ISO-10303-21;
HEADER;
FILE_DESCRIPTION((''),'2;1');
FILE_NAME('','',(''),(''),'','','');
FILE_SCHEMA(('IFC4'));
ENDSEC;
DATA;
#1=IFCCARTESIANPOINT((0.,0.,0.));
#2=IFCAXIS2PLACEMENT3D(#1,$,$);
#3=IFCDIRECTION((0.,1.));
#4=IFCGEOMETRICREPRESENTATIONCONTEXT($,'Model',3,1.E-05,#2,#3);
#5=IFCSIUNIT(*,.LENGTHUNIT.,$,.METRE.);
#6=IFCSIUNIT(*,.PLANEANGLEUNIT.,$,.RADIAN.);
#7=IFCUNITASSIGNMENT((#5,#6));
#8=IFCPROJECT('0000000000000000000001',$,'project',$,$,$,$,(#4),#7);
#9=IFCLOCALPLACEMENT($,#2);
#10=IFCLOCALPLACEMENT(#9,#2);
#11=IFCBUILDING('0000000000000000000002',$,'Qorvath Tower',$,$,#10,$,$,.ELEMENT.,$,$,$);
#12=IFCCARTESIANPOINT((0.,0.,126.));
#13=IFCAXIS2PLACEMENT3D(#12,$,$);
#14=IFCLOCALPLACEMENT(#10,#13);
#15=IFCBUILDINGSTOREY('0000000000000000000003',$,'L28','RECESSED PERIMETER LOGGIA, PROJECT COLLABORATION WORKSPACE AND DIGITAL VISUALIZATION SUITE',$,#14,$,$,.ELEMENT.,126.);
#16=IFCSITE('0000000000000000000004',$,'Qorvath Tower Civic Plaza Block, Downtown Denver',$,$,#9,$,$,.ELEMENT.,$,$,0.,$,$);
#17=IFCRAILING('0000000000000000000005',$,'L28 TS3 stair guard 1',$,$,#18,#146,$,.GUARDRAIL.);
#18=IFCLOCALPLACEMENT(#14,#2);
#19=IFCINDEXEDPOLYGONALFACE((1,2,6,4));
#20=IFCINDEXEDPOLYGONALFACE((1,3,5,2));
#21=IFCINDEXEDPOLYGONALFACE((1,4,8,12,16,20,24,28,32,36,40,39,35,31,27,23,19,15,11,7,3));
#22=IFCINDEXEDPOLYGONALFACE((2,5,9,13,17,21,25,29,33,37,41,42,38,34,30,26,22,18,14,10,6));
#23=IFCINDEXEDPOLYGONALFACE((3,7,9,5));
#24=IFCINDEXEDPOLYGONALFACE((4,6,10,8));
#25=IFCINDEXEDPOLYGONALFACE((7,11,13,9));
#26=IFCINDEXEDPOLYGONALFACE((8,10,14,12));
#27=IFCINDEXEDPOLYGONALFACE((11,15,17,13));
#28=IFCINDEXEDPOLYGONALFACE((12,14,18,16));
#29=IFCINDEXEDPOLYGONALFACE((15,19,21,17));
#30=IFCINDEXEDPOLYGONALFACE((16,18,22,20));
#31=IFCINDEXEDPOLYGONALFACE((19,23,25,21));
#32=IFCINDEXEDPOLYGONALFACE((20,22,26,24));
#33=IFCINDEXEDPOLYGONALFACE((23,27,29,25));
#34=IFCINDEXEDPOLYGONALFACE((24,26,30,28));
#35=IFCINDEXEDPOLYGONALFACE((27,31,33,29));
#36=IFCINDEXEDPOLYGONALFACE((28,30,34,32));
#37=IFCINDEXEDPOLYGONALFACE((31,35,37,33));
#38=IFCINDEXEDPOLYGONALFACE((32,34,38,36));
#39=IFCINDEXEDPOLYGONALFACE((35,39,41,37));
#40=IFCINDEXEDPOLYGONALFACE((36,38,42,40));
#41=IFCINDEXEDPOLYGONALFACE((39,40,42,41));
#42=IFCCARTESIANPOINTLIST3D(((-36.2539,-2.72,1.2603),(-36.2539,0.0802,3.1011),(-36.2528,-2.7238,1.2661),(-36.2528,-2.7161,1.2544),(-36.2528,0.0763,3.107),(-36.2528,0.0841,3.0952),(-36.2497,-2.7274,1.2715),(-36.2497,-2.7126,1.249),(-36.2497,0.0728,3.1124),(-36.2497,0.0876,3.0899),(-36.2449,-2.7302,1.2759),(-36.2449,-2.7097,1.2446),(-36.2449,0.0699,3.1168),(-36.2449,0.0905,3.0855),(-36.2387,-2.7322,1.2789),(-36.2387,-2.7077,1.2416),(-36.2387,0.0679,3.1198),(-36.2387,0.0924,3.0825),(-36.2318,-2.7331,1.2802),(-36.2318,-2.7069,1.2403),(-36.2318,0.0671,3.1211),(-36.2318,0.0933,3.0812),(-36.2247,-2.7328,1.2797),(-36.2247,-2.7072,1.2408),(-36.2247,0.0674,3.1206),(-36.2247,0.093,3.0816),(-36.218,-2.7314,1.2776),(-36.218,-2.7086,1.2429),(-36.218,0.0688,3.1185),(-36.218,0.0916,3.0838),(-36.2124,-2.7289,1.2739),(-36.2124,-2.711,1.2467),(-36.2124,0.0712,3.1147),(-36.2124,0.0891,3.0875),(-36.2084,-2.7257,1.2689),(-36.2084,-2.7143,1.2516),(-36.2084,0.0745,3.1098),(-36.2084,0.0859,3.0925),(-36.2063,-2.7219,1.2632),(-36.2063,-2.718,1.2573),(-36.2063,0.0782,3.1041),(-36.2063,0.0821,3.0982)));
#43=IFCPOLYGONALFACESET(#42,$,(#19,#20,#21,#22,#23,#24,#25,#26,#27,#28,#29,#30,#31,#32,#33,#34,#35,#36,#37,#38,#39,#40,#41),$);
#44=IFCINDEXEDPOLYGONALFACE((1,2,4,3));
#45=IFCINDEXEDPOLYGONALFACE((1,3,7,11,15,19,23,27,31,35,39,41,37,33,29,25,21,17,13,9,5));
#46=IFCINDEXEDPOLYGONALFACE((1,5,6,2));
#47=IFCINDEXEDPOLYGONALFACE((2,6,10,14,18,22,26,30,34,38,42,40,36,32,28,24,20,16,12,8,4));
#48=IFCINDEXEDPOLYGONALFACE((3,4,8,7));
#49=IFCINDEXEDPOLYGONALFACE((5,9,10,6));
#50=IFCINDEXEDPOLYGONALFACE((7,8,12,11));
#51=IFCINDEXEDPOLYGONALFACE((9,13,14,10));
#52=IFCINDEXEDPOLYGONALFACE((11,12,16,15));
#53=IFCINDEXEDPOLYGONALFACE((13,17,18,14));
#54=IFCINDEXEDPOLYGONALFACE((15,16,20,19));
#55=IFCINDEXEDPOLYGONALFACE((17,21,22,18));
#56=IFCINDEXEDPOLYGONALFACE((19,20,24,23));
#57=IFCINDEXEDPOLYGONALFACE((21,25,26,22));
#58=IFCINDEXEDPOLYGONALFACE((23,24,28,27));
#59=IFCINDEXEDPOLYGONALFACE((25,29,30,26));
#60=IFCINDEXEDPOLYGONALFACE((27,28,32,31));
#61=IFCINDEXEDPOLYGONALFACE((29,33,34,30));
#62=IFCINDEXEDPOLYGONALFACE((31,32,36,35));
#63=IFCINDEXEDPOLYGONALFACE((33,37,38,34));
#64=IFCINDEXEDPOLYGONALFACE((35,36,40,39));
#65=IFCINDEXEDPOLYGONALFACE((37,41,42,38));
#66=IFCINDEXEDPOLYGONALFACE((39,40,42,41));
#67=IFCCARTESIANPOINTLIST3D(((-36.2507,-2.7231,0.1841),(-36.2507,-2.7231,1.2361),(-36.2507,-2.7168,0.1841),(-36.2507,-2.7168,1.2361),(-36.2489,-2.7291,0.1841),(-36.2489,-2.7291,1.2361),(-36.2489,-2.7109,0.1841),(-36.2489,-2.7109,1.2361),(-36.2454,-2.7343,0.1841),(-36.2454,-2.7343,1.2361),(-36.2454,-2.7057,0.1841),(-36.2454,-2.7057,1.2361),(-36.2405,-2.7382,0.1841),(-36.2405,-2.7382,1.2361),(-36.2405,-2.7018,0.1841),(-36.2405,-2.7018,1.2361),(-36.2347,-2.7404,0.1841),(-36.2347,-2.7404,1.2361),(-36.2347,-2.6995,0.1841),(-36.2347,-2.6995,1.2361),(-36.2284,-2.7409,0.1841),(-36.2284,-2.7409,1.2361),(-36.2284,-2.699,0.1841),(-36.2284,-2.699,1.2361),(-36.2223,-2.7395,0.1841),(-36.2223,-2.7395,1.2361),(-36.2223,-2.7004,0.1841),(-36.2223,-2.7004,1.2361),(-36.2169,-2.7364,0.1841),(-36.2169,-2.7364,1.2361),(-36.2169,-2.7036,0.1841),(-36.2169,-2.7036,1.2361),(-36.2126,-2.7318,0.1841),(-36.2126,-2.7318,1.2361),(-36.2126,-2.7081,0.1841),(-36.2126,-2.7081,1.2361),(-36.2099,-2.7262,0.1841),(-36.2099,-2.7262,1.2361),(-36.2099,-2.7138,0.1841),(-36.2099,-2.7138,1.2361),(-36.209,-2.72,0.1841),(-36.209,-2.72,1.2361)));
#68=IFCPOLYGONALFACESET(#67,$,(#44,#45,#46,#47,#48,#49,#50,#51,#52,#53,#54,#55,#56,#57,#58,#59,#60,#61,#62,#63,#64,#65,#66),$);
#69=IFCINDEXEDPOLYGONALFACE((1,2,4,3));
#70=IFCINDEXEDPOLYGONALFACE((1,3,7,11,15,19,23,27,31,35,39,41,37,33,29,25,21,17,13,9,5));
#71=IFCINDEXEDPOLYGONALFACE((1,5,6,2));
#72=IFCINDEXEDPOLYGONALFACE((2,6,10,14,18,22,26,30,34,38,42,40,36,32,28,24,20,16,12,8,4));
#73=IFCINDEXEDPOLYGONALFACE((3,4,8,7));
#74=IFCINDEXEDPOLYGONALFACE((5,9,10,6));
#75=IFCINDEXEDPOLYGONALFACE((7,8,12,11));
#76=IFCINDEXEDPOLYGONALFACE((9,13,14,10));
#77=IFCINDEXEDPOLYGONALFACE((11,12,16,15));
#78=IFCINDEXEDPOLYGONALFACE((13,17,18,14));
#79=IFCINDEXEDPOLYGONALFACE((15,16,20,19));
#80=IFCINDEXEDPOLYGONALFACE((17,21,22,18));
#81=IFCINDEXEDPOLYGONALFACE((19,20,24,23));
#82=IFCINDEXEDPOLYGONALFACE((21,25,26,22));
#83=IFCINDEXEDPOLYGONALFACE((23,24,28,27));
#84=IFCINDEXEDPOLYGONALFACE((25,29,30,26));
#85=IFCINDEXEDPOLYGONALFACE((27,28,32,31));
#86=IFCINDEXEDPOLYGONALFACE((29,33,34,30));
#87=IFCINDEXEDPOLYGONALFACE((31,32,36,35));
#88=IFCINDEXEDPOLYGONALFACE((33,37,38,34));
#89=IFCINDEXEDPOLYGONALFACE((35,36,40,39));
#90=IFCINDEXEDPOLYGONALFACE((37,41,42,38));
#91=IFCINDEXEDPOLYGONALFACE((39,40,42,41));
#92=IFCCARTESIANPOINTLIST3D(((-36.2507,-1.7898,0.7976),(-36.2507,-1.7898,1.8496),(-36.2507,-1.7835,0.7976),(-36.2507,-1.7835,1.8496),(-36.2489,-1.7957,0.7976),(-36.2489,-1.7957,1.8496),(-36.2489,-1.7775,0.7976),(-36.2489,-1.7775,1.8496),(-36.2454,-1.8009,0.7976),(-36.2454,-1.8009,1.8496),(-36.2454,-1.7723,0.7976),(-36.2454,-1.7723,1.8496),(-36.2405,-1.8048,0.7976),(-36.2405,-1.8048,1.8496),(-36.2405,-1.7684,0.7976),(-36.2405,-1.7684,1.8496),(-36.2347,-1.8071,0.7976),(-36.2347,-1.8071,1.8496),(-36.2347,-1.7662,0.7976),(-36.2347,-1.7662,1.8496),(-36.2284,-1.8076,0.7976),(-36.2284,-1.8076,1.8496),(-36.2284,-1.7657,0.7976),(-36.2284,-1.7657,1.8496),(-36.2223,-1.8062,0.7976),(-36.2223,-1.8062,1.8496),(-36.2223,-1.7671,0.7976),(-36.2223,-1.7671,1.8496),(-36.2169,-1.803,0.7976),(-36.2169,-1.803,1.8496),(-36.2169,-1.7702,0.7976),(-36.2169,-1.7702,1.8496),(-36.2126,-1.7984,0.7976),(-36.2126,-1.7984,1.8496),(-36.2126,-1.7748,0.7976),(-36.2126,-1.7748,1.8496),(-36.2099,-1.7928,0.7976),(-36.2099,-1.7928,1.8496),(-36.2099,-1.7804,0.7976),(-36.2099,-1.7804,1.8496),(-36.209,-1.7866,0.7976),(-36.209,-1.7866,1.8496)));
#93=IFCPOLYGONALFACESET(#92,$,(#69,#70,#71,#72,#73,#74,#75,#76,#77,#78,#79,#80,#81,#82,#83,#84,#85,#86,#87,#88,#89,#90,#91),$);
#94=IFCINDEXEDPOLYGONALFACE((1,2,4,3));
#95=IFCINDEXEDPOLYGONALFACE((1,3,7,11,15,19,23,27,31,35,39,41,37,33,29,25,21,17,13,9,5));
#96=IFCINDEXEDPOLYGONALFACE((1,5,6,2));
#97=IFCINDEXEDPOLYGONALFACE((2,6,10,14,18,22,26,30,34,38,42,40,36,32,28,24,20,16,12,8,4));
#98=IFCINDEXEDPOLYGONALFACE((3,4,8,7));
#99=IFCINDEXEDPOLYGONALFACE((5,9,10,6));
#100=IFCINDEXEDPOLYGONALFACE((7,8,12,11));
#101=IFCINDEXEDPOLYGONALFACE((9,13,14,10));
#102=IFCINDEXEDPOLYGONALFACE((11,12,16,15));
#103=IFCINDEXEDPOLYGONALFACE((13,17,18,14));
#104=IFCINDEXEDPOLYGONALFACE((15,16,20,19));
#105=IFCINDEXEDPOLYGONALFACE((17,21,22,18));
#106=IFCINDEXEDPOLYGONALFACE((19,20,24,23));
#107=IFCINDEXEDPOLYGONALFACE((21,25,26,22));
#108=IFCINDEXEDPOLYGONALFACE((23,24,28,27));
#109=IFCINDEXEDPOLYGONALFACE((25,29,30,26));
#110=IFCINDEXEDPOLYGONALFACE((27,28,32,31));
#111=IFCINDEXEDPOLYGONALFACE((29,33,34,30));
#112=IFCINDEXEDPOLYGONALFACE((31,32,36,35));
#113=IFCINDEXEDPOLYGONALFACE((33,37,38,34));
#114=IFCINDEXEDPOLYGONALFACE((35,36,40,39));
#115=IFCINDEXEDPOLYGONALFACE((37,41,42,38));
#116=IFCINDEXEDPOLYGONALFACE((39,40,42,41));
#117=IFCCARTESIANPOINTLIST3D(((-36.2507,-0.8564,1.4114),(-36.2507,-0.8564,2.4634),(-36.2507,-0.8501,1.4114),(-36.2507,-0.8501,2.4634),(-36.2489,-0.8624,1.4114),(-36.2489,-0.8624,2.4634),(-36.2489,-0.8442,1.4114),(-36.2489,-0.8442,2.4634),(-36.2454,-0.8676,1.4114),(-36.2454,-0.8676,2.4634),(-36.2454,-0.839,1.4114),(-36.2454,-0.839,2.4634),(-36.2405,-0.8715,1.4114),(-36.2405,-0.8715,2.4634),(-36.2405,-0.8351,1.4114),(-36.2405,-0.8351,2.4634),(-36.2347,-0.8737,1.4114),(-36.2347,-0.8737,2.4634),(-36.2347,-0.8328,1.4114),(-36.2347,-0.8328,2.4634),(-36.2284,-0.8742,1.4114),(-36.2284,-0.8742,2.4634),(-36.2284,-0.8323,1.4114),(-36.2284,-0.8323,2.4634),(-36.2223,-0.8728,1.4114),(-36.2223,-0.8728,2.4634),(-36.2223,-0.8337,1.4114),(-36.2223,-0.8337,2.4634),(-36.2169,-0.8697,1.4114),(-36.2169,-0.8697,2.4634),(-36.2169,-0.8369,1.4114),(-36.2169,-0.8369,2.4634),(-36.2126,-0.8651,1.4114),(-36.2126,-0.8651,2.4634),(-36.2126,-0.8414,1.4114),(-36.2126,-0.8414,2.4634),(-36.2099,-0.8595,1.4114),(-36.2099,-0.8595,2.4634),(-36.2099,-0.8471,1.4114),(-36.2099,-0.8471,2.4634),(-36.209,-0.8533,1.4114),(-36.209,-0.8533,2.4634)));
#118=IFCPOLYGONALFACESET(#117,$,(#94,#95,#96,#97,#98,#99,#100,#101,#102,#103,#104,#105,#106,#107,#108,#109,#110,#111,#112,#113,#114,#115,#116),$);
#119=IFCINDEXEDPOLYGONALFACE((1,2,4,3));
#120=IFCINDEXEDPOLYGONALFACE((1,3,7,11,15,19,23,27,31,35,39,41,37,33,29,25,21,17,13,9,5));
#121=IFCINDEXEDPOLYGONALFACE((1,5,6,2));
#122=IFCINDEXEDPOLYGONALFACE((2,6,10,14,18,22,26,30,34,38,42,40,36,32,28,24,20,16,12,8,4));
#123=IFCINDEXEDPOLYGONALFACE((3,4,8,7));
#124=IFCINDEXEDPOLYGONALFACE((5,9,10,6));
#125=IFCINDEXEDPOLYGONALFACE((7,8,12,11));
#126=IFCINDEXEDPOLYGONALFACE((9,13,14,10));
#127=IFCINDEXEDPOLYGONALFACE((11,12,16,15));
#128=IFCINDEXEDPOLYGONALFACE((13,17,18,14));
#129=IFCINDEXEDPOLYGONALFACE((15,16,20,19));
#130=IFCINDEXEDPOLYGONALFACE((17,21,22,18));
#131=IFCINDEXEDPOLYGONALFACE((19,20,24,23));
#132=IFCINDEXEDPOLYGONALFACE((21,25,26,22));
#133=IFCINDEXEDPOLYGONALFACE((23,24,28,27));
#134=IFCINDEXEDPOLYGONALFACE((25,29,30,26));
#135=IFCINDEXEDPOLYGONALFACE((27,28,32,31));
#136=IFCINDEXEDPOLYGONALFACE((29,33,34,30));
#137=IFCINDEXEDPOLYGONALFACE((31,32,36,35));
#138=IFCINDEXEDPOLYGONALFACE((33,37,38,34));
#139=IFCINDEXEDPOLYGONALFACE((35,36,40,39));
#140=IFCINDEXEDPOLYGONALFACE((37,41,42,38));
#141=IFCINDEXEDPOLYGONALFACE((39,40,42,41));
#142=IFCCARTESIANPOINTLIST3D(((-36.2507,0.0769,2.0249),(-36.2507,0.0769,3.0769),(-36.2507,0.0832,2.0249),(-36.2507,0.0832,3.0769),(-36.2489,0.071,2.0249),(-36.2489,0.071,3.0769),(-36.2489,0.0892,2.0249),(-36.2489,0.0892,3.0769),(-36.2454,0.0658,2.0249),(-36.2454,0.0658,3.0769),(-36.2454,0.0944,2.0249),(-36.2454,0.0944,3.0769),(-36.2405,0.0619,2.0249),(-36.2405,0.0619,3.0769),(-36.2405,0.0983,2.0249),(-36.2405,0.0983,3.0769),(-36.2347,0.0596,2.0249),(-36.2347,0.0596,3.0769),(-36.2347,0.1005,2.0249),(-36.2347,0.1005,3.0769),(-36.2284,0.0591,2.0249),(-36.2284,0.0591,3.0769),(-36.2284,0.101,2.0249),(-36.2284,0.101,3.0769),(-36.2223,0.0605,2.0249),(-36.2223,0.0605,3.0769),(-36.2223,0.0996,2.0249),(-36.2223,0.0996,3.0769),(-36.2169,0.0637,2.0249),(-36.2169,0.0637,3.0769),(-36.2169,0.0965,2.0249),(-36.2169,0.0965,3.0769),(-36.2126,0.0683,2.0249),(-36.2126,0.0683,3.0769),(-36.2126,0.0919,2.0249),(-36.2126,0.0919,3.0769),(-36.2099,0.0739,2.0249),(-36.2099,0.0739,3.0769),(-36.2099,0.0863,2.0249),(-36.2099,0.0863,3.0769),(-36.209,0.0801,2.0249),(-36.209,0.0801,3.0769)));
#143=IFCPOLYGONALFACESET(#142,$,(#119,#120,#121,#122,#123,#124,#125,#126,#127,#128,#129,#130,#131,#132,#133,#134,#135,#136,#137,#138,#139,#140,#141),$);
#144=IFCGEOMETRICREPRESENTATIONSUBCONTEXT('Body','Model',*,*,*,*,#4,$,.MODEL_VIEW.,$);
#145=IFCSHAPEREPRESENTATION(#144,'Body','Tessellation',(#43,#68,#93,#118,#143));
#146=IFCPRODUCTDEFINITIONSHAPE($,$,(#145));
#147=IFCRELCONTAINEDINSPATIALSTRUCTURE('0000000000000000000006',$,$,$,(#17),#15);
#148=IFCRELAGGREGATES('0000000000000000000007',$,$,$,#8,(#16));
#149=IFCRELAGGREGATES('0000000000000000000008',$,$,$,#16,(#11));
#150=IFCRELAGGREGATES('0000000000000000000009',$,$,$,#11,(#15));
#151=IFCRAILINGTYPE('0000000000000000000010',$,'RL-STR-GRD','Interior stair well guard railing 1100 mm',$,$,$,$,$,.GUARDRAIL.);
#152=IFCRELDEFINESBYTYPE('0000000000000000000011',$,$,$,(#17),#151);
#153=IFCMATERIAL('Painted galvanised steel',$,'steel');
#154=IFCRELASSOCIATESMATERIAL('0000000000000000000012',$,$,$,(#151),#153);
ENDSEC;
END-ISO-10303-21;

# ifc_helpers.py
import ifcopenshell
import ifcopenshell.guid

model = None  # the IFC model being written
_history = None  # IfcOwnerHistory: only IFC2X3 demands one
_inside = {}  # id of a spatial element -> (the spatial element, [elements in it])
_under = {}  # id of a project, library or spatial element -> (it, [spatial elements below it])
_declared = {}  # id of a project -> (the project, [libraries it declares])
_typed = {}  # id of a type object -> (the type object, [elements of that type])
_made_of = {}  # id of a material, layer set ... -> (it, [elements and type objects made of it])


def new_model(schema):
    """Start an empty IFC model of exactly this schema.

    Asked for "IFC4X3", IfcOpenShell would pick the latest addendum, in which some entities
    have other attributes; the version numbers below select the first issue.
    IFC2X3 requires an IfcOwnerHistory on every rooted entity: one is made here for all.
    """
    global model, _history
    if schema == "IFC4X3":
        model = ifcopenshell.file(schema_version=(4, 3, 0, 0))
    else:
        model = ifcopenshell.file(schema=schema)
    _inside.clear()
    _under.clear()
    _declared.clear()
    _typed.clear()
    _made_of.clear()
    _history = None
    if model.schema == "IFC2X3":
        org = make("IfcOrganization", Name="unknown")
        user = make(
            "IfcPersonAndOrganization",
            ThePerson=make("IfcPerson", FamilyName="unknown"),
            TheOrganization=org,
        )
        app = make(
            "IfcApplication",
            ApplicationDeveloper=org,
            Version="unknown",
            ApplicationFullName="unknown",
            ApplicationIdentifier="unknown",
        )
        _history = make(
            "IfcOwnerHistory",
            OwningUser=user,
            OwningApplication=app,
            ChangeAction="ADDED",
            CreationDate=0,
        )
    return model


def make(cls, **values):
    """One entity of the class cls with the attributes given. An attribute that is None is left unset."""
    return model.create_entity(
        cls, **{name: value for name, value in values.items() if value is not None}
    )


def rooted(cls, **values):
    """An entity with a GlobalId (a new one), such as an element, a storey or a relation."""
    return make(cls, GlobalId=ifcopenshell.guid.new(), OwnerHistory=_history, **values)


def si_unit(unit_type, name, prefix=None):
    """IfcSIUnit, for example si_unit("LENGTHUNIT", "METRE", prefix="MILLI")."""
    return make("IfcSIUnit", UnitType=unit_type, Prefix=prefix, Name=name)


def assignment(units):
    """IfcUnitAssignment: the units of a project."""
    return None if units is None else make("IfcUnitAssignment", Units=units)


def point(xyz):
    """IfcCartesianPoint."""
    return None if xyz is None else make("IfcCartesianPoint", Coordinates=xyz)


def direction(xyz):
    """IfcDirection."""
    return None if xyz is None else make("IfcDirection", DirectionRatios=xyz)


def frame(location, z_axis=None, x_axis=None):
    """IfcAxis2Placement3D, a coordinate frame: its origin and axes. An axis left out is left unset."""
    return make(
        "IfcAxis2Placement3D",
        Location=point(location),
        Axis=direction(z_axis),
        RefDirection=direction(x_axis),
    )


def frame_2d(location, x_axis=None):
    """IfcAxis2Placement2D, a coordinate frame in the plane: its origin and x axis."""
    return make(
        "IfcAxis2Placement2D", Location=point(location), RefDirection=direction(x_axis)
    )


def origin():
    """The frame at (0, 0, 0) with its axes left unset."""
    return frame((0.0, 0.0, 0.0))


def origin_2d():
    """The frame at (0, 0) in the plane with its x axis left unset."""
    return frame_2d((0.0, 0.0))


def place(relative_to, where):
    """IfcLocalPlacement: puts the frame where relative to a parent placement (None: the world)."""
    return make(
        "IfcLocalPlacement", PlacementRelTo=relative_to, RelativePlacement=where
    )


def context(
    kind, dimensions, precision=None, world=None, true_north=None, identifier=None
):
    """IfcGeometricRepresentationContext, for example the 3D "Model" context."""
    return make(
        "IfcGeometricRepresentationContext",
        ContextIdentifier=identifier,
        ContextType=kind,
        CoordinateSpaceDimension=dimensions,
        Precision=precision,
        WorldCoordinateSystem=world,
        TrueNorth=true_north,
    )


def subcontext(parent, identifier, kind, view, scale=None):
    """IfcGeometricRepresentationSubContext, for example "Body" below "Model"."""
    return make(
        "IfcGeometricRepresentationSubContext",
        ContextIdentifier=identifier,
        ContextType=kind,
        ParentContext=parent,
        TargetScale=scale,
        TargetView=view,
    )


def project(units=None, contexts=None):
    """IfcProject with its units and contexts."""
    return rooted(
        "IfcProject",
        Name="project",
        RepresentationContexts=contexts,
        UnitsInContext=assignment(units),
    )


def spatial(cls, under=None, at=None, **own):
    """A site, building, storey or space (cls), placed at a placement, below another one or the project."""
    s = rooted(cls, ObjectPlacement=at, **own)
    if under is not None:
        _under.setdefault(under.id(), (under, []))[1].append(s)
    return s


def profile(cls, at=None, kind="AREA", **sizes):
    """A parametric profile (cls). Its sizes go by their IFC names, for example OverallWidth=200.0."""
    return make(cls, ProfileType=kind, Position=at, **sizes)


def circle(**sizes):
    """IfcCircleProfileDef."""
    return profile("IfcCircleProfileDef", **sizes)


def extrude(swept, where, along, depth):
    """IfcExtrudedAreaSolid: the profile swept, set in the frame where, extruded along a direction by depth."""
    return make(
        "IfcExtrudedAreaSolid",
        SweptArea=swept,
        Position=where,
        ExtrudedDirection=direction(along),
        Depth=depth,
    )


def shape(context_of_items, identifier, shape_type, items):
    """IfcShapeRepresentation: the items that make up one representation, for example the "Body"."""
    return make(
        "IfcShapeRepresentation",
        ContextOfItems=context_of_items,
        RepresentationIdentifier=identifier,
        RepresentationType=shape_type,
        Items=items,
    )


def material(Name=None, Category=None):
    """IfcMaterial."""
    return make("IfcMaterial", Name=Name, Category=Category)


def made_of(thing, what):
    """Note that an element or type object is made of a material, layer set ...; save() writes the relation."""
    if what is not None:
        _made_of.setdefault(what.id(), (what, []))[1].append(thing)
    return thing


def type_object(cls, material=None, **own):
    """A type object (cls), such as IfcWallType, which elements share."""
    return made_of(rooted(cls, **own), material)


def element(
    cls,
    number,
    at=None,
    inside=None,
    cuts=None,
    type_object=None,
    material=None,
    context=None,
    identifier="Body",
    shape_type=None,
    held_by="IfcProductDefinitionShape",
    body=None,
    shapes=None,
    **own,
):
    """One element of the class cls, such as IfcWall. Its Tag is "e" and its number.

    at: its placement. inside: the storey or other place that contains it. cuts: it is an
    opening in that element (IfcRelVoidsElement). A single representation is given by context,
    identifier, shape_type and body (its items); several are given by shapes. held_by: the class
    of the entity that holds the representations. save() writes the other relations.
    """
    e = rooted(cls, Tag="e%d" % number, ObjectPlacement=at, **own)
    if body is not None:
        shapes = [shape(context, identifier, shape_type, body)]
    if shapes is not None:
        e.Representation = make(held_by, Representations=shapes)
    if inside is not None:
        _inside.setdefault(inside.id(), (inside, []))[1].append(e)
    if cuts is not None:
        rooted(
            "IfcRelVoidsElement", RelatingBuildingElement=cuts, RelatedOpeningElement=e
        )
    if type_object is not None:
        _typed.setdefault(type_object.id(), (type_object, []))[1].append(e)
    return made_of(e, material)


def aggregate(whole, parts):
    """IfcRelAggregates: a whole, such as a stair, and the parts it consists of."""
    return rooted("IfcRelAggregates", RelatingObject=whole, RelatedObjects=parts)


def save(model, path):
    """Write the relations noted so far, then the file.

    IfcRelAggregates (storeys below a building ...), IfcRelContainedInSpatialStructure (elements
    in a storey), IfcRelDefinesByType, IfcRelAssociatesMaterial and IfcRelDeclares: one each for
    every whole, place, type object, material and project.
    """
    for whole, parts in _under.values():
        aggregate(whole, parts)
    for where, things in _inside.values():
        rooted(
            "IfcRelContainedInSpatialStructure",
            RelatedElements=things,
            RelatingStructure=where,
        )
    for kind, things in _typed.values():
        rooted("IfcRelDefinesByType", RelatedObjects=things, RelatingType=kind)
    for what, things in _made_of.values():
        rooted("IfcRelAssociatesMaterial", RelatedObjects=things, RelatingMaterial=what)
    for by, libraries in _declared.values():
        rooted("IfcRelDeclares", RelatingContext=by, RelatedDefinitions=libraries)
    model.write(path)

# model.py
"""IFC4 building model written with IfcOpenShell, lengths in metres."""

from ifc_helpers import new_model, si_unit, direction, frame, origin, origin_2d, place, context, subcontext, project, spatial, circle, extrude, material, type_object, element, save


model = new_model("IFC4")

# Units and contexts
model_context = context("Model", 3, precision=1e-05, world=origin(), true_north=direction((0.0, 1.0)))
body_context = subcontext(model_context, "Body", "Model", "MODEL_VIEW")
ifc_project = project(units=[si_unit("LENGTHUNIT", "METRE"), si_unit("PLANEANGLEUNIT", "RADIAN")], contexts=[model_context])

# Site, building, storey
site_placement = place(None, origin())
site = spatial("IfcSite", under=ifc_project, at=site_placement, Name="Qorvath Tower Civic Plaza Block, Downtown Denver", CompositionType="ELEMENT", RefElevation=0.0)
building_placement = place(site_placement, origin())
building = spatial("IfcBuilding", under=site, at=building_placement, Name="Qorvath Tower", CompositionType="ELEMENT")
storey_placement = place(building_placement, frame((0.0, 0.0, 126.0)))
storey = spatial("IfcBuildingStorey", under=building, at=storey_placement, Name="L28", Description="RECESSED PERIMETER LOGGIA, PROJECT COLLABORATION WORKSPACE AND DIGITAL VISUALIZATION SUITE", CompositionType="ELEMENT", Elevation=126.0)

# Railing
ifc_material_1 = material(Name="Painted galvanised steel", Category="steel")
railing_type_1 = type_object("IfcRailingType", Name="RL-STR-GRD", Description="Interior stair well guard railing 1100 mm", PredefinedType="GUARDRAIL", material=ifc_material_1)
railing_1_placement = place(storey_placement, frame((-36.23, -2.72, 0.1841)))
element("IfcRailing", 1, at=railing_1_placement, inside=storey, type_object=railing_type_1, Name="L28 TS3 stair guard 1", PredefinedType="GUARDRAIL", context=body_context, shape_type="SweptSolid", body=[
    extrude(circle(Radius=0.0239, at=origin_2d()), frame((0.0, 0.0, 1.0762), z_axis=(0.0, 0.835598, 0.549342), x_axis=(-1.0, 0.0, 0.0)), (0.0, 0.0, 1.0), 3.3511),
    extrude(circle(Radius=0.021, at=origin_2d()), origin(), (0.0, 0.0, 1.0), 1.052),
    extrude(circle(Radius=0.021, at=origin_2d()), frame((0.0, 0.9333, 0.6135)), (0.0, 0.0, 1.0), 1.052),
    extrude(circle(Radius=0.021, at=origin_2d()), frame((0.0, 1.8667, 1.2273)), (0.0, 0.0, 1.0), 1.052),
    extrude(circle(Radius=0.021, at=origin_2d()), frame((0.0, 2.8, 1.8408)), (0.0, 0.0, 1.0), 1.052),
])

save(model, "model.ifc")
